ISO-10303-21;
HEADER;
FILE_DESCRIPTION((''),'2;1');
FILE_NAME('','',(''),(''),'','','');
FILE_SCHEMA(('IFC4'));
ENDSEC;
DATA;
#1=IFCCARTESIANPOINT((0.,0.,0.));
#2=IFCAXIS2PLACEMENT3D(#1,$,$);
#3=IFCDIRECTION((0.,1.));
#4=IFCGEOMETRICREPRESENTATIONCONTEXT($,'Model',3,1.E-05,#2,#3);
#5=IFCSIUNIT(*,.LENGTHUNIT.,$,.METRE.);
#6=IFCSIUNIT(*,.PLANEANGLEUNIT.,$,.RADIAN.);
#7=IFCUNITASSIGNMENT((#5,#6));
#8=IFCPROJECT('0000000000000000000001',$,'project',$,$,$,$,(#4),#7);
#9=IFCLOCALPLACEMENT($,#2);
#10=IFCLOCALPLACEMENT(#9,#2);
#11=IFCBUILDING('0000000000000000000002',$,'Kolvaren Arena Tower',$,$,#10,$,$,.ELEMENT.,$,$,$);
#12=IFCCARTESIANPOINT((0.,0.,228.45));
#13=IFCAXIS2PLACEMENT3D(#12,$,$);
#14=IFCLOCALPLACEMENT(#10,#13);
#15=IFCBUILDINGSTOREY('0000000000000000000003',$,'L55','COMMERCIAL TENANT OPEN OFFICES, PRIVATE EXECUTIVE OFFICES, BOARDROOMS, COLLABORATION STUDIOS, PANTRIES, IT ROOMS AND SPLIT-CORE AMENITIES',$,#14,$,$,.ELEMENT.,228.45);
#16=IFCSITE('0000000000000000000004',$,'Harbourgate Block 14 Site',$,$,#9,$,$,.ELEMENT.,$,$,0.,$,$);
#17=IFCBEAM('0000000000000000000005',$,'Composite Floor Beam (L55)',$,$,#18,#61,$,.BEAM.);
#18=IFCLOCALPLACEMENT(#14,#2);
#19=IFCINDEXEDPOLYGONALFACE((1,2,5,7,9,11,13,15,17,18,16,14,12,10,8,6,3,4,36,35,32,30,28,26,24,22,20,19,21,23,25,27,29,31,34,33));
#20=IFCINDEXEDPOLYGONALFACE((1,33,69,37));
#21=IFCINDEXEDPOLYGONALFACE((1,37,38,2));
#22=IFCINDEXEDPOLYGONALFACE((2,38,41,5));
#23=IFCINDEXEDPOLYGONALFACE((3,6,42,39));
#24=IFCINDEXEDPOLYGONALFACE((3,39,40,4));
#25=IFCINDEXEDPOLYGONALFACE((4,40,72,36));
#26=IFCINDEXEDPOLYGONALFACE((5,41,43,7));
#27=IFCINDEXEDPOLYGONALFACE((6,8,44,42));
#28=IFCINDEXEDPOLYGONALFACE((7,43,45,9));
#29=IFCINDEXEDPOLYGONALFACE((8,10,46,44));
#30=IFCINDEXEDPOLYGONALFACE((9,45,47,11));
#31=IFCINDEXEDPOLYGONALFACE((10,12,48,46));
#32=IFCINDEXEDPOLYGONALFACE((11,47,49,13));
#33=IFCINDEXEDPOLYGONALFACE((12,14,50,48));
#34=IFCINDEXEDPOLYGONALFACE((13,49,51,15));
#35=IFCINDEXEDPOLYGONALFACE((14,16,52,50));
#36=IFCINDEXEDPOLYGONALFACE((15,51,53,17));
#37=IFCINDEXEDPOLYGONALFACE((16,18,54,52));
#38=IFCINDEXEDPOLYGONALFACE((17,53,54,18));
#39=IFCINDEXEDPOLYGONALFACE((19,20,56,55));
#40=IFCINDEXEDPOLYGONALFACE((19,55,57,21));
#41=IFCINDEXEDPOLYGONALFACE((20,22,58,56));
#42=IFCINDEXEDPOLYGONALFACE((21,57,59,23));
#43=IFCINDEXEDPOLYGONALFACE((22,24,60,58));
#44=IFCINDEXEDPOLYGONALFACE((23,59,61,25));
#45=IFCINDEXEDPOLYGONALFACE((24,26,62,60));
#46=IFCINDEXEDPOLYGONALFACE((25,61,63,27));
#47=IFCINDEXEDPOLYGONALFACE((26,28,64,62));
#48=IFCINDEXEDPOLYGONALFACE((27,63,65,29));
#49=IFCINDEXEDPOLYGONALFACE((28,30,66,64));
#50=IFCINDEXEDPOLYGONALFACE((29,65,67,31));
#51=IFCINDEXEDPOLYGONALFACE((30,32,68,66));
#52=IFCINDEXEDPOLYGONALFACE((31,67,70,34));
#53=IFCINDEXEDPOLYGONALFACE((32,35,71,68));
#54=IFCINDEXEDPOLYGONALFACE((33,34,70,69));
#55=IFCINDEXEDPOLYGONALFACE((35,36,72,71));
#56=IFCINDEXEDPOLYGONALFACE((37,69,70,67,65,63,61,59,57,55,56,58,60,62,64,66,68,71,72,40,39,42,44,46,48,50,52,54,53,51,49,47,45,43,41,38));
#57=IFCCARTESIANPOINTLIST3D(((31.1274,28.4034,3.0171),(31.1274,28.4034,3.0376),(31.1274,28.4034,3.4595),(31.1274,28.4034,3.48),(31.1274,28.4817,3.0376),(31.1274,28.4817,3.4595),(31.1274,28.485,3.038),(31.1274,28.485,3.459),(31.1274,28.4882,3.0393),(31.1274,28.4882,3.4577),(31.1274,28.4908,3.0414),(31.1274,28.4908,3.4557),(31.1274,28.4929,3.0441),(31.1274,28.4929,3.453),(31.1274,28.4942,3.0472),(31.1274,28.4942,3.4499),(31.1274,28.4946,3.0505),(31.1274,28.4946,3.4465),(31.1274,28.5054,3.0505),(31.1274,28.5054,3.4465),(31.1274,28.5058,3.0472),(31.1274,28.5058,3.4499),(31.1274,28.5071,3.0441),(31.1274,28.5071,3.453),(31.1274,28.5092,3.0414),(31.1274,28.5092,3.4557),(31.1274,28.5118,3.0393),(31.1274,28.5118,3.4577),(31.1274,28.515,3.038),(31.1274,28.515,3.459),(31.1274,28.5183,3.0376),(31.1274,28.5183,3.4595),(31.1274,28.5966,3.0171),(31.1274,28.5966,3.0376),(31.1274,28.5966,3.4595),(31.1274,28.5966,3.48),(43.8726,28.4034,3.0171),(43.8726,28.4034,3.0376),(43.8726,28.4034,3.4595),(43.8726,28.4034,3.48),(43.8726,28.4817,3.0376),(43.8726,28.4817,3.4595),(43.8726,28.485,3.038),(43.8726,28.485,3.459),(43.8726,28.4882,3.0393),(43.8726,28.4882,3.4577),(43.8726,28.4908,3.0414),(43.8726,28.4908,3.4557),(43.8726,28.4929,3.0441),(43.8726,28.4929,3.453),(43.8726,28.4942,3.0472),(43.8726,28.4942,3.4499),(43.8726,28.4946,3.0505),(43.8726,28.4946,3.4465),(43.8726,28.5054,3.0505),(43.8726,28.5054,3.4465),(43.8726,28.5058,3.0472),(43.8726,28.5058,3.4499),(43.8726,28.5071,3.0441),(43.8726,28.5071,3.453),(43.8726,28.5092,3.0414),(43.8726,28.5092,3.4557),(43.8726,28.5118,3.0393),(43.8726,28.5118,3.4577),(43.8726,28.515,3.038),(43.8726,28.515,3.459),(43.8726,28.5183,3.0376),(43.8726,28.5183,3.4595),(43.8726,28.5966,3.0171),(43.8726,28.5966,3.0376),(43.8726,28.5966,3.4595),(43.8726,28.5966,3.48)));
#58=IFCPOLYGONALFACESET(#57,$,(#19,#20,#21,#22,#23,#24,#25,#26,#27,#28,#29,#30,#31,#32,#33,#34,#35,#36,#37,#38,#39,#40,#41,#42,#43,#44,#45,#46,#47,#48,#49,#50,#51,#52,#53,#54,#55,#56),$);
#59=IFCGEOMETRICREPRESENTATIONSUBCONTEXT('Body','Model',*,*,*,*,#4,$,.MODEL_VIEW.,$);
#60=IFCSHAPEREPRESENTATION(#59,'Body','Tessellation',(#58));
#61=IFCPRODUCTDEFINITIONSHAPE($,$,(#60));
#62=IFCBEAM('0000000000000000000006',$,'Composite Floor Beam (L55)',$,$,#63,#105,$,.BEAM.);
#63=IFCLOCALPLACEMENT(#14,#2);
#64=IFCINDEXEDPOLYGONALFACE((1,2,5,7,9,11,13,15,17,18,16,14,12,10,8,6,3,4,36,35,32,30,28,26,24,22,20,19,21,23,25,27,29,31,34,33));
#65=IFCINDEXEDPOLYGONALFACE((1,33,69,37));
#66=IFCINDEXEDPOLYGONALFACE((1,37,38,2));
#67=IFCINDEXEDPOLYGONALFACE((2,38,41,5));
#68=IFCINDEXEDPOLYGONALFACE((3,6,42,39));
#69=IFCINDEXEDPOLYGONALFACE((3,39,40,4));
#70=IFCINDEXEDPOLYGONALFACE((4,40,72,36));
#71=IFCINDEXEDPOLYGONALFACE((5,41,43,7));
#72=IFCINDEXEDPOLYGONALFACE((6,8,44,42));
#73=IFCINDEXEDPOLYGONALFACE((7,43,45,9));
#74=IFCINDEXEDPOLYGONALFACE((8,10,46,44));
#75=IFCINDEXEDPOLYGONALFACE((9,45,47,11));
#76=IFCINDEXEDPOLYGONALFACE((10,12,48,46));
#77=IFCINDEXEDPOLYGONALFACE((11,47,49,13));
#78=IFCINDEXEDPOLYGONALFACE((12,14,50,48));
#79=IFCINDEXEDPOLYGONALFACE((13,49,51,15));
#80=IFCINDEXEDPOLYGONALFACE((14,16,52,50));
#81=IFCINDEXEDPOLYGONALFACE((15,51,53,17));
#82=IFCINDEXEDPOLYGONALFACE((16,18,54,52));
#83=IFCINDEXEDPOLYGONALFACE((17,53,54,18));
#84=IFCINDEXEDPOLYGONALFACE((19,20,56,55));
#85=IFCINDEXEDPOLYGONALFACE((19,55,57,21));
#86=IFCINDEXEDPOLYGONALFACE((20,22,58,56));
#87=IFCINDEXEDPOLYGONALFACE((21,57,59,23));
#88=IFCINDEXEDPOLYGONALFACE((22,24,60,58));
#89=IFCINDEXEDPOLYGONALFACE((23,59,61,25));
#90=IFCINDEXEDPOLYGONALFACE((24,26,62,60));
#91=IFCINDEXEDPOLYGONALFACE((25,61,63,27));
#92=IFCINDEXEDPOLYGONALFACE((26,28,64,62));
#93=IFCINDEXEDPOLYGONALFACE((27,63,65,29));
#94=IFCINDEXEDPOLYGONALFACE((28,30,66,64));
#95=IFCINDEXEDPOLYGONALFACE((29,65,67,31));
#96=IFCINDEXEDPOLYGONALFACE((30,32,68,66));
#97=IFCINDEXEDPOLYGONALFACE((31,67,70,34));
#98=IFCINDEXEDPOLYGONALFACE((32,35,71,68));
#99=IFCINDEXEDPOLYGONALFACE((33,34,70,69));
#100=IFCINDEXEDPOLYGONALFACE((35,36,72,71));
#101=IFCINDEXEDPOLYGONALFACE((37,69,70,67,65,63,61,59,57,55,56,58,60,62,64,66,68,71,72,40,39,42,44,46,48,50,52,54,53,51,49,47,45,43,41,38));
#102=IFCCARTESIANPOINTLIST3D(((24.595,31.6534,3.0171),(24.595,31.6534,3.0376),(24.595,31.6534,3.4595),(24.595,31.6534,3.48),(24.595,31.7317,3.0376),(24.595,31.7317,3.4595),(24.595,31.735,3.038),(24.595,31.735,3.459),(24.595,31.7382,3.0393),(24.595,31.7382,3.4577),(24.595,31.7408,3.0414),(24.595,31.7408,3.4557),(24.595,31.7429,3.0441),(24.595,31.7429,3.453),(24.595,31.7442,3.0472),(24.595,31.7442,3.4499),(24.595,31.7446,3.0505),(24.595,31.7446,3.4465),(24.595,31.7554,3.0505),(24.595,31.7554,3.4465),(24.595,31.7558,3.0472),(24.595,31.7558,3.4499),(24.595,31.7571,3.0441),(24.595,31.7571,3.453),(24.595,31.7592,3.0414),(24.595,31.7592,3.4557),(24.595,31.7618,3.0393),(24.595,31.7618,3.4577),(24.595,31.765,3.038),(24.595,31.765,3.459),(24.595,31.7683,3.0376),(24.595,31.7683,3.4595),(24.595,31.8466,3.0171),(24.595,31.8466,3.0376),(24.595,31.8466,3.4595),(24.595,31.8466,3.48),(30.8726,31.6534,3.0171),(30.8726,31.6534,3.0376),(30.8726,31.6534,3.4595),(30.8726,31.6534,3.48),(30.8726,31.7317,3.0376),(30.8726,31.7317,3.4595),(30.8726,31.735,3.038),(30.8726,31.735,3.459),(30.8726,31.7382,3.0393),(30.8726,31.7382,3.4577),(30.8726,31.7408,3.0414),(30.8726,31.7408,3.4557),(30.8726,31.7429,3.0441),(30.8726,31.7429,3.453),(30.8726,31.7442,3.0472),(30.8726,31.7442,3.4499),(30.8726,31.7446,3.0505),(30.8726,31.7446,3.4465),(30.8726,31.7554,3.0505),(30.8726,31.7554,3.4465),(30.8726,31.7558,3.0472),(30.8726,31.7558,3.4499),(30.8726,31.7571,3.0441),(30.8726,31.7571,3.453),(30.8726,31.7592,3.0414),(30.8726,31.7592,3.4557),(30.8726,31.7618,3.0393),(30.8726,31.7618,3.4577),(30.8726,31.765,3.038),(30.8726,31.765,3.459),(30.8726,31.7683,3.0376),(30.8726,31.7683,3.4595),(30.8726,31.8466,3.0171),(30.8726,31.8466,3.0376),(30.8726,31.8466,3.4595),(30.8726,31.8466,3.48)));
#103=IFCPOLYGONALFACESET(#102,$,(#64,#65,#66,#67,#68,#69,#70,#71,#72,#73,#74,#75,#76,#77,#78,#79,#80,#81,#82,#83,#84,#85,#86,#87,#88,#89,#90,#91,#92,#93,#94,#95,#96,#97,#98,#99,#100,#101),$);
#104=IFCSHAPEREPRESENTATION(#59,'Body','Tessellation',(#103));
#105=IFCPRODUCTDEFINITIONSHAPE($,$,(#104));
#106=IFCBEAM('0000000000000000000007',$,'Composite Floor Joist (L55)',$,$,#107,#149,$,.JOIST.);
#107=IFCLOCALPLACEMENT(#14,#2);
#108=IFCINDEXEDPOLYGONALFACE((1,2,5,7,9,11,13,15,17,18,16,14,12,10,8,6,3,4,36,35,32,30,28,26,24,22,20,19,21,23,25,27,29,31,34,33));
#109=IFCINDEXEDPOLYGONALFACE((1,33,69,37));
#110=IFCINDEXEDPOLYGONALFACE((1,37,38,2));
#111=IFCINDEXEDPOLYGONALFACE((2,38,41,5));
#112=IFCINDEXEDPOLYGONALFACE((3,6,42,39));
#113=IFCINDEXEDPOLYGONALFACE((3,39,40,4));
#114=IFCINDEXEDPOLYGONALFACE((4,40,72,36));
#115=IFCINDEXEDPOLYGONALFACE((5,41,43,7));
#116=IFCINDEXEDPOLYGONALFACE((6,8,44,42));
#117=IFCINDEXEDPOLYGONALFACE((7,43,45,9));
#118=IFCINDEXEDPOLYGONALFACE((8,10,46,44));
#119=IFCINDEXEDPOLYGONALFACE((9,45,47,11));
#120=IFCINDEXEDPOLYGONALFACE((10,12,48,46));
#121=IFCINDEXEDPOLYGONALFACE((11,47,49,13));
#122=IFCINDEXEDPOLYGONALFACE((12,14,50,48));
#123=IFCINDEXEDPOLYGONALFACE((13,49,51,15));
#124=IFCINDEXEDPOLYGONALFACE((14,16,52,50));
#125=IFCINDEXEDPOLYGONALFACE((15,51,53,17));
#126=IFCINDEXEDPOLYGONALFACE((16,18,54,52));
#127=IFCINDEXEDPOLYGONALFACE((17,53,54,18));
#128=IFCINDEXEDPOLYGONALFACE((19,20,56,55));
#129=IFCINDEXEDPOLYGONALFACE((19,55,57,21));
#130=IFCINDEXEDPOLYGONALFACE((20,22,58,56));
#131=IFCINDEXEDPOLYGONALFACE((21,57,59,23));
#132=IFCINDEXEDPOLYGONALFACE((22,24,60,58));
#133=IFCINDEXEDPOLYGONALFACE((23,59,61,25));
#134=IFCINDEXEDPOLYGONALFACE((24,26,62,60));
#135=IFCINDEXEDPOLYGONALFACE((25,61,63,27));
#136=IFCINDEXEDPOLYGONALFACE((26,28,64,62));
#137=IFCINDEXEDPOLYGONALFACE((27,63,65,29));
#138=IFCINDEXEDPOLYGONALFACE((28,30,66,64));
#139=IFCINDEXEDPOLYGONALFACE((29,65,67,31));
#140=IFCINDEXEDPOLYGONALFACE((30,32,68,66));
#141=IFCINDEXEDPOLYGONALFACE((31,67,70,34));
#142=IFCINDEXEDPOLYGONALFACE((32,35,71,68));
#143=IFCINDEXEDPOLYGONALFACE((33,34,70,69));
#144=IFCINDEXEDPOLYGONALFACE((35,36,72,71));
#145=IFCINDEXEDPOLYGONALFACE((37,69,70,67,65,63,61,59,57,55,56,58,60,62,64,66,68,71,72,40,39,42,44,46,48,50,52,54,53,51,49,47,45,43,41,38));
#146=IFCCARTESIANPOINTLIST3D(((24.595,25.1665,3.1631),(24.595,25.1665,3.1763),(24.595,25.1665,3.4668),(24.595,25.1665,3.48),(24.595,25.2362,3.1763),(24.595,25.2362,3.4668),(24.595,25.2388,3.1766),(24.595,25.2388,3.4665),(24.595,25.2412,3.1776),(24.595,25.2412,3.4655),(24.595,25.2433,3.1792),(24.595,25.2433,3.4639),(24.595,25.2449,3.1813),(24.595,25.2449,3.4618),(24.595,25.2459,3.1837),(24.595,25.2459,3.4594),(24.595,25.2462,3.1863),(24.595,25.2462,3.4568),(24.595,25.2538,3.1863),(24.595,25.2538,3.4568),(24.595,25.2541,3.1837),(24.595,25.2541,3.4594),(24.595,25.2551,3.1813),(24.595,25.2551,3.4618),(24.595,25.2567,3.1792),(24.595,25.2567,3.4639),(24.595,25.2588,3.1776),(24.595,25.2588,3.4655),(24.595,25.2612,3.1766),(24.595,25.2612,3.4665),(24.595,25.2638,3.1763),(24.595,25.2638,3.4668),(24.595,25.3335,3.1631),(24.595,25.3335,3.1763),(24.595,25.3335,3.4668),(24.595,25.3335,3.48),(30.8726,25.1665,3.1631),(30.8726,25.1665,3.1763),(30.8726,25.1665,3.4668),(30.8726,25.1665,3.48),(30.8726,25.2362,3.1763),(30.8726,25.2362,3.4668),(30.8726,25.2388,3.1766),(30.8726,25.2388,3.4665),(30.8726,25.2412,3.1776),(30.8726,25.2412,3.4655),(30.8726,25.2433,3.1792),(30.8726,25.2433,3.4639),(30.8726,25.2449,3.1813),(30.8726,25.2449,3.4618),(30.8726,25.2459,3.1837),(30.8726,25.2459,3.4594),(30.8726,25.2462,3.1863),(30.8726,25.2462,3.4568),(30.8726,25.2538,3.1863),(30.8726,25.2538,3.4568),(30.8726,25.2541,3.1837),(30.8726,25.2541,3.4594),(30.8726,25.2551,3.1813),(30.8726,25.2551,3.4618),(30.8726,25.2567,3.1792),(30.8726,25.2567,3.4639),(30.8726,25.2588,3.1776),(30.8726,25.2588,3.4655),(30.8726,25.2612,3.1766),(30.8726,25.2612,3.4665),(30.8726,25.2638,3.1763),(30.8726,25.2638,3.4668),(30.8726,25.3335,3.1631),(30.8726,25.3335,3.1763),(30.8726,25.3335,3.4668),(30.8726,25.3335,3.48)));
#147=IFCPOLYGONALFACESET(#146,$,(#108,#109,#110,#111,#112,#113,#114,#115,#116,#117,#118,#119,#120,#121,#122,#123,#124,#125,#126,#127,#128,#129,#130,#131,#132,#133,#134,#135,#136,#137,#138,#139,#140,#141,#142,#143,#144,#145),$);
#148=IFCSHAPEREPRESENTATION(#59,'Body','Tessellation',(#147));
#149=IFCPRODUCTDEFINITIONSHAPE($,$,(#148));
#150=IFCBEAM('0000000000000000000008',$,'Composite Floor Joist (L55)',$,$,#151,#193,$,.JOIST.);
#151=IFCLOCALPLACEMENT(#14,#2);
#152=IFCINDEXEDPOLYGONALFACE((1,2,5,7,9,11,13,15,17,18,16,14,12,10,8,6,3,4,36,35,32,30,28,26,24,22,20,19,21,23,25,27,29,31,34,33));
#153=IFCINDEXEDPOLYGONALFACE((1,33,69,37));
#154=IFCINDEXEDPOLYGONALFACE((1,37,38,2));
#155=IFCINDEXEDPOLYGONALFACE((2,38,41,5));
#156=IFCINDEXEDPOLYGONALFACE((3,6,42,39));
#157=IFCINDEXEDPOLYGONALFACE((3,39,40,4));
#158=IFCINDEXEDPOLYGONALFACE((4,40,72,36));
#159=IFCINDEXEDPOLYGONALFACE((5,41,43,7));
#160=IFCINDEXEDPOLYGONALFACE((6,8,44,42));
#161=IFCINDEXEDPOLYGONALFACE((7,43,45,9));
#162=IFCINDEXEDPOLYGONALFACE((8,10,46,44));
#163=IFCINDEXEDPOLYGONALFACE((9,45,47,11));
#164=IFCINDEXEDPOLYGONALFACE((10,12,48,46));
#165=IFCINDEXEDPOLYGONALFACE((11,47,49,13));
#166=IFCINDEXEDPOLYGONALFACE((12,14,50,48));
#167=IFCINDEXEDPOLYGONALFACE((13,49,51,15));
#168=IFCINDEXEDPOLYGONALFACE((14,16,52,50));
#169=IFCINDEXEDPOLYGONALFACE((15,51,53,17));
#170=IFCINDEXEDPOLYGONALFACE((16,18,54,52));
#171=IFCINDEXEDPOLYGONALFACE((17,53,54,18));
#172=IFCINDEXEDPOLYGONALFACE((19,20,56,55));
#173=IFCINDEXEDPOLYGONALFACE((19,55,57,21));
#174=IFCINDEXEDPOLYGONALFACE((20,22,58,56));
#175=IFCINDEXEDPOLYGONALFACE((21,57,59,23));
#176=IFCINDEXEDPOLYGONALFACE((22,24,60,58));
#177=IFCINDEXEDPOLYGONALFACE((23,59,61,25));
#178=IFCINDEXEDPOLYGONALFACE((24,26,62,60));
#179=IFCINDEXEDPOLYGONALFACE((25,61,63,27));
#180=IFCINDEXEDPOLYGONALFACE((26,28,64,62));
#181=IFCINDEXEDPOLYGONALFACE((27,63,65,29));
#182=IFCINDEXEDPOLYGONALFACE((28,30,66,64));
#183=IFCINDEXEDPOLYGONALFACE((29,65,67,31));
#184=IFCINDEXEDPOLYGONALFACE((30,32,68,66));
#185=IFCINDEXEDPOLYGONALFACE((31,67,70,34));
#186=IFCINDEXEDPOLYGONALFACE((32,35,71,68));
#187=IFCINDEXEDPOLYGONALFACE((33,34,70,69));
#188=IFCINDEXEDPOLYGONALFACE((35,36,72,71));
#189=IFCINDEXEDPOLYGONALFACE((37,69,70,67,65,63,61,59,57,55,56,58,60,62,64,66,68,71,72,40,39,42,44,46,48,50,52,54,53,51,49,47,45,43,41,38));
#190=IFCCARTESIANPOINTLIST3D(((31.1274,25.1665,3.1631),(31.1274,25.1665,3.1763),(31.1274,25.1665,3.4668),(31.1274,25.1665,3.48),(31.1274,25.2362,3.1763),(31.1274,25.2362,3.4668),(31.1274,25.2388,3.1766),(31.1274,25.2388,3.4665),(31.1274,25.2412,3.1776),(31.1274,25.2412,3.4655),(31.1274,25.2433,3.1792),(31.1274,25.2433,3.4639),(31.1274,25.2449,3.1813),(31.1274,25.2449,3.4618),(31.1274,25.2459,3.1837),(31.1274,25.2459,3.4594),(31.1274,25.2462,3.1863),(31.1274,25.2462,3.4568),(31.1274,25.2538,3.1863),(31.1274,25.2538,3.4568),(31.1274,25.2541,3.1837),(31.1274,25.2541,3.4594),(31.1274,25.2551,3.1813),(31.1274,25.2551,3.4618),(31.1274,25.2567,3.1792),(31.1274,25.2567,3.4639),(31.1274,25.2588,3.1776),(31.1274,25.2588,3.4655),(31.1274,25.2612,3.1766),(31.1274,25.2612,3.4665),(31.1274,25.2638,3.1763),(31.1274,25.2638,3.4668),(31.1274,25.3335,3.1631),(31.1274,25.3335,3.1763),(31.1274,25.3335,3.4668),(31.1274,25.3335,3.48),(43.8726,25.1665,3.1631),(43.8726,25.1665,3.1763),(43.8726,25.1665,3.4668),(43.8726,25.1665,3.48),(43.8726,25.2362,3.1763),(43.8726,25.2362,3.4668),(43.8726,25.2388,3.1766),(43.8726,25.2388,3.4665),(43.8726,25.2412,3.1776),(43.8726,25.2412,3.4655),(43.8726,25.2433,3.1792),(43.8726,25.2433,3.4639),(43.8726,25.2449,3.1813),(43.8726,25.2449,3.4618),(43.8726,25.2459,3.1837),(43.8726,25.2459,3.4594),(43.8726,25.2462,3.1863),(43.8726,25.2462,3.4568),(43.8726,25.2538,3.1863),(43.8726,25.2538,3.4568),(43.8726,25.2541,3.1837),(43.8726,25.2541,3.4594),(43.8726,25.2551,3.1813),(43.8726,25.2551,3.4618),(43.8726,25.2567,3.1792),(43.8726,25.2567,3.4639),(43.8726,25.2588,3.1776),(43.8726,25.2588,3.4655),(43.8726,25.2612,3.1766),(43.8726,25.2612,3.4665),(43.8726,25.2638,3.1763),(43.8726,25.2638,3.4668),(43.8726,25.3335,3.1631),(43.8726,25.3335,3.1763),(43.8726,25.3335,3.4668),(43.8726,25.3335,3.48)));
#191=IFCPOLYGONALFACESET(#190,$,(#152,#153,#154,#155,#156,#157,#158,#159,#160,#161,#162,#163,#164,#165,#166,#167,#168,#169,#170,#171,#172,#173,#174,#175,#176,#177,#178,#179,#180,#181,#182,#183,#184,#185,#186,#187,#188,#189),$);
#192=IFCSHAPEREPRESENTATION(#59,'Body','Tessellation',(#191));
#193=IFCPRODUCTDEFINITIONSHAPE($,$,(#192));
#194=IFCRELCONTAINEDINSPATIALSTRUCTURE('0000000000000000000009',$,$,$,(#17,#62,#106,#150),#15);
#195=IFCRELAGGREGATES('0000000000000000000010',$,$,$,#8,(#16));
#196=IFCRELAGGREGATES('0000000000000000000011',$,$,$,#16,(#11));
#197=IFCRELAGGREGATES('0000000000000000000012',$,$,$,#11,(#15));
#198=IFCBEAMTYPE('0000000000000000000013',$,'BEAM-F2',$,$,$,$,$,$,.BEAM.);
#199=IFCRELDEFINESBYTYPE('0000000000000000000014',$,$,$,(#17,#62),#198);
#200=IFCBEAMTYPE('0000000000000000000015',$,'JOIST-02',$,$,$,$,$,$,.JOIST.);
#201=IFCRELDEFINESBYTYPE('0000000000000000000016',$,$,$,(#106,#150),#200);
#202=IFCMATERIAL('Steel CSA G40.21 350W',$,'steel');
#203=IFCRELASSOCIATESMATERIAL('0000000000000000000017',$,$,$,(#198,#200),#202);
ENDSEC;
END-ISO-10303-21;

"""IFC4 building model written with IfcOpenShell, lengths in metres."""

from ifc_helpers import new_model, si_unit, direction, frame, origin, origin_2d, place, context, subcontext, project, spatial, i_section, extrude, material, material_profile, profile_set, type_object, element, save


model = new_model("IFC4")

# Units and contexts
model_context = context("Model", 3, precision=1e-05, world=origin(), true_north=direction((0.0, 1.0)))
body_context = subcontext(model_context, "Body", "Model", "MODEL_VIEW")
ifc_project = project(units=[si_unit("LENGTHUNIT", "METRE"), si_unit("PLANEANGLEUNIT", "RADIAN")], contexts=[model_context])

# Site, building, storey
site_placement = place(None, origin())
site = spatial("IfcSite", under=ifc_project, at=site_placement, Name="Harbourgate Block 14 Site", CompositionType="ELEMENT", RefElevation=0.0)
building_placement = place(site_placement, origin())
building = spatial("IfcBuilding", under=site, at=building_placement, Name="Kolvaren Arena Tower", CompositionType="ELEMENT")
storey_placement = place(building_placement, frame((0.0, 0.0, 228.45)))
storey = spatial("IfcBuildingStorey", under=building, at=storey_placement, Name="L55", Description="COMMERCIAL TENANT OPEN OFFICES, PRIVATE EXECUTIVE OFFICES, BOARDROOMS, COLLABORATION STUDIOS, PANTRIES, IT ROOMS AND SPLIT-CORE AMENITIES", CompositionType="ELEMENT", Elevation=228.45)

# Beams
ifc_material_1 = material(Name="Steel CSA G40.21 350W", Category="steel")
ifc_material_profile_1 = material_profile(ifc_material_1, i_section(OverallWidth=0.1931, OverallDepth=0.4629, WebThickness=0.0107, FlangeThickness=0.0205, FilletRadius=0.0129, at=origin_2d()), Name="W460x113")
ifc_profile_set_1 = profile_set([ifc_material_profile_1], Name="Steel CSA G40.21 350W")
beam_type_1 = type_object("IfcBeamType", Name="BEAM-F2", PredefinedType="BEAM", material=ifc_profile_set_1)
beam_1_placement = place(storey_placement, frame((31.1274, 28.5, 3.2485), z_axis=(1.0, 0.0, 0.0), x_axis=(0.0, 1.0, 0.0)))
element("IfcBeam", 1, at=beam_1_placement, inside=storey, type_object=beam_type_1, Name="Composite Floor Beam (L55)", PredefinedType="BEAM", context=body_context, shape_type="SweptSolid", body=[
    extrude(i_section(OverallWidth=0.1931, OverallDepth=0.4629, WebThickness=0.0107, FlangeThickness=0.0205, FilletRadius=0.0129, at=origin_2d()), origin(), (0.0, 0.0, 1.0), 12.7451),
])
beam_2_placement = place(storey_placement, frame((24.595, 31.75, 3.2485), z_axis=(1.0, 0.0, 0.0), x_axis=(0.0, 1.0, 0.0)))
element("IfcBeam", 2, at=beam_2_placement, inside=storey, type_object=beam_type_1, Name="Composite Floor Beam (L55)", PredefinedType="BEAM", context=body_context, shape_type="SweptSolid", body=[
    extrude(i_section(OverallWidth=0.1931, OverallDepth=0.4629, WebThickness=0.0107, FlangeThickness=0.0205, FilletRadius=0.0129, at=origin_2d()), origin(), (0.0, 0.0, 1.0), 6.2776),
])
ifc_material_profile_2 = material_profile(ifc_material_1, i_section(OverallWidth=0.167, OverallDepth=0.3169, WebThickness=0.0076, FlangeThickness=0.0132, FilletRadius=0.01, at=origin_2d()), Name="W310x52")
ifc_profile_set_2 = profile_set([ifc_material_profile_2], Name="Steel CSA G40.21 350W")
beam_type_2 = type_object("IfcBeamType", Name="JOIST-02", PredefinedType="JOIST", material=ifc_profile_set_2)
beam_3_placement = place(storey_placement, frame((24.595, 25.25, 3.3215), z_axis=(1.0, 0.0, 0.0), x_axis=(0.0, 1.0, 0.0)))
element("IfcBeam", 3, at=beam_3_placement, inside=storey, type_object=beam_type_2, Name="Composite Floor Joist (L55)", PredefinedType="JOIST", context=body_context, shape_type="SweptSolid", body=[
    extrude(i_section(OverallWidth=0.167, OverallDepth=0.3169, WebThickness=0.0076, FlangeThickness=0.0132, FilletRadius=0.01, at=origin_2d()), origin(), (0.0, 0.0, 1.0), 6.2776),
])
beam_4_placement = place(storey_placement, frame((31.1274, 25.25, 3.3215), z_axis=(1.0, 0.0, 0.0), x_axis=(0.0, 1.0, 0.0)))
element("IfcBeam", 4, at=beam_4_placement, inside=storey, type_object=beam_type_2, Name="Composite Floor Joist (L55)", PredefinedType="JOIST", context=body_context, shape_type="SweptSolid", body=[
    extrude(i_section(OverallWidth=0.167, OverallDepth=0.3169, WebThickness=0.0076, FlangeThickness=0.0132, FilletRadius=0.01, at=origin_2d()), origin(), (0.0, 0.0, 1.0), 12.7451),
])

save(model, "model.ifc")
